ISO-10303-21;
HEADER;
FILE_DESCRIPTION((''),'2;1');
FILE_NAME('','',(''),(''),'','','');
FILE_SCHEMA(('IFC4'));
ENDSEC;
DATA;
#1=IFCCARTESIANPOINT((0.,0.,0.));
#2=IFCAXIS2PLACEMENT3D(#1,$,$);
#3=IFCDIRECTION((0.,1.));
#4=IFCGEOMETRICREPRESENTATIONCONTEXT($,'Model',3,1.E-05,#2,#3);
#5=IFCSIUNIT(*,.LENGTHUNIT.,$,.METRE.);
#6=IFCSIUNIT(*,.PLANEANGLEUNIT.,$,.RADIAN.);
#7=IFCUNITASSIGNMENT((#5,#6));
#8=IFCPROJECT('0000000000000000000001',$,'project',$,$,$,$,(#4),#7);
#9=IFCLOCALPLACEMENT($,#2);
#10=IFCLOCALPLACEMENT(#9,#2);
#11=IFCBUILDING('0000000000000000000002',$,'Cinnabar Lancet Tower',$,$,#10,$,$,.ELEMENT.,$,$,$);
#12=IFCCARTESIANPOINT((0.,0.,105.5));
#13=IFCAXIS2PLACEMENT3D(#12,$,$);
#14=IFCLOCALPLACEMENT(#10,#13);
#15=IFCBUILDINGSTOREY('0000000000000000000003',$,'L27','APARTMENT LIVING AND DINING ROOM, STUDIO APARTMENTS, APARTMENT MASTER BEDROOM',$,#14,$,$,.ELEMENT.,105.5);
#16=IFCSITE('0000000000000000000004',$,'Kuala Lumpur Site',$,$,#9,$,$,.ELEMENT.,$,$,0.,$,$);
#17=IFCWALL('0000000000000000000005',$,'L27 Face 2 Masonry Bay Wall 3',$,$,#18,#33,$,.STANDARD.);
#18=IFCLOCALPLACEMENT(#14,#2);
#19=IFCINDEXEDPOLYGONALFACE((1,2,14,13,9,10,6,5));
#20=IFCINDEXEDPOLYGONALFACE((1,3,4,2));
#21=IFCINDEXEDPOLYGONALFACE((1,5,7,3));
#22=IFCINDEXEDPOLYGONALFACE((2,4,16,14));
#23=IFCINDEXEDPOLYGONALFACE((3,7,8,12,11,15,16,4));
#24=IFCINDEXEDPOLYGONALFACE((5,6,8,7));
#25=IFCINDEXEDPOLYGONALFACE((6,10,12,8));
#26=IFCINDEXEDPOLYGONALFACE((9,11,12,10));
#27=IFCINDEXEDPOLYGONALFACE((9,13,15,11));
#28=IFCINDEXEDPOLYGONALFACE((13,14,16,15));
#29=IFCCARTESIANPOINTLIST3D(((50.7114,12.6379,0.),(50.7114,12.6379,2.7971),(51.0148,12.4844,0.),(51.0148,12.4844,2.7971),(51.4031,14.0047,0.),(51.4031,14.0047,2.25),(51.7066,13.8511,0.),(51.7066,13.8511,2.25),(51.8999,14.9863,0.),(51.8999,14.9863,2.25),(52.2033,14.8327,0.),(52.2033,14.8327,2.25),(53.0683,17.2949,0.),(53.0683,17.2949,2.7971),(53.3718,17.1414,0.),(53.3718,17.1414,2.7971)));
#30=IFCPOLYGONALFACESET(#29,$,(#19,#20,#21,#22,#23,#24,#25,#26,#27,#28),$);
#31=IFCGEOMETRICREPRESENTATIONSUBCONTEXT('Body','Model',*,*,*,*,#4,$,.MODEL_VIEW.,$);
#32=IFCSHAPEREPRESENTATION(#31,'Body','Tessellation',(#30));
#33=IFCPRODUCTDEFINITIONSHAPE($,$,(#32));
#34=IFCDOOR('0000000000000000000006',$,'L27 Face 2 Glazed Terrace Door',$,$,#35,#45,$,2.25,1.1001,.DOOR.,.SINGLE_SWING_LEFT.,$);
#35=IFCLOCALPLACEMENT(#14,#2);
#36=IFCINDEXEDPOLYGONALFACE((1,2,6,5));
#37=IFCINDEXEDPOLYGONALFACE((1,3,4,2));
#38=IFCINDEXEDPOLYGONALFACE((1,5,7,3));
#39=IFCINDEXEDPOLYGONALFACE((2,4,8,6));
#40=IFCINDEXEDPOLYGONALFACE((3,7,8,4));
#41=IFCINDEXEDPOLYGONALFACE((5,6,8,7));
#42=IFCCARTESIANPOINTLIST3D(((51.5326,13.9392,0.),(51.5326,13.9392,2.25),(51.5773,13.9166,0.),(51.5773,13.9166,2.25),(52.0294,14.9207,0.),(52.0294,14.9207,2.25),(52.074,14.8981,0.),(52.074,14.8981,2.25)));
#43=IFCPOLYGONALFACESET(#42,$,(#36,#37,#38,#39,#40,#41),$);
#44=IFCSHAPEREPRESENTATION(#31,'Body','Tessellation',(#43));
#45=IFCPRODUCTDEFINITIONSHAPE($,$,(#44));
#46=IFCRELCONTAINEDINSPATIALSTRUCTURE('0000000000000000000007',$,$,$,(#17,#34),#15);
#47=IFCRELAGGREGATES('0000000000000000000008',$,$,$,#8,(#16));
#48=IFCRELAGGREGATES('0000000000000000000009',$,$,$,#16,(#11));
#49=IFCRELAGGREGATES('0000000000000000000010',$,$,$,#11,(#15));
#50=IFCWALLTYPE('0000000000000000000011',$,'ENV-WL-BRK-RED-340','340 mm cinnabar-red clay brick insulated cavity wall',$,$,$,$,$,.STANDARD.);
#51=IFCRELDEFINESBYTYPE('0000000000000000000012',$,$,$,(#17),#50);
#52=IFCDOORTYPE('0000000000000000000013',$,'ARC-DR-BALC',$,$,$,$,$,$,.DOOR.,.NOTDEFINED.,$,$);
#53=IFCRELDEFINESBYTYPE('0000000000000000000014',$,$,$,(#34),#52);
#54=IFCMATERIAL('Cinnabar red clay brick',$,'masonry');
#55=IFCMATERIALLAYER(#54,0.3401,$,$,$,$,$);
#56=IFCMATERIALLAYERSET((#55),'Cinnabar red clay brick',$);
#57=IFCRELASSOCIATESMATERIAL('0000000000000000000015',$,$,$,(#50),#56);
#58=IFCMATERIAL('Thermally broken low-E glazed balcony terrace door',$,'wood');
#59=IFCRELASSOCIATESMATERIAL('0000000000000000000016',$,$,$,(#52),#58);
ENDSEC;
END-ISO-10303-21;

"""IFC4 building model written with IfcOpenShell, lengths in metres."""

from ifc_helpers import new_model, si_unit, direction, frame, frame_2d, origin, place, context, subcontext, project, spatial, rectangle, extrude, material, layer, layer_set, type_object, element, fill, save


model = new_model("IFC4")

# Units and contexts
model_context = context("Model", 3, precision=1e-05, world=origin(), true_north=direction((0.0, 1.0)))
body_context = subcontext(model_context, "Body", "Model", "MODEL_VIEW")
ifc_project = project(units=[si_unit("LENGTHUNIT", "METRE"), si_unit("PLANEANGLEUNIT", "RADIAN")], contexts=[model_context])

# Site, building, storey
site_placement = place(None, origin())
site = spatial("IfcSite", under=ifc_project, at=site_placement, Name="Kuala Lumpur Site", CompositionType="ELEMENT", RefElevation=0.0)
building_placement = place(site_placement, origin())
building = spatial("IfcBuilding", under=site, at=building_placement, Name="Cinnabar Lancet Tower", CompositionType="ELEMENT")
storey_placement = place(building_placement, frame((0.0, 0.0, 105.5)))
storey = spatial("IfcBuildingStorey", under=building, at=storey_placement, Name="L27", Description="APARTMENT LIVING AND DINING ROOM, STUDIO APARTMENTS, APARTMENT MASTER BEDROOM", CompositionType="ELEMENT", Elevation=105.5)

# Shared definitions
ifc_material_1 = material(Name="Cinnabar red clay brick", Category="masonry")
ifc_layer_1 = layer(ifc_material_1, 0.3401)
ifc_layer_set_1 = layer_set([ifc_layer_1], Name="Cinnabar red clay brick")
wall_type_1 = type_object("IfcWallType", Name="ENV-WL-BRK-RED-340", Description="340 mm cinnabar-red clay brick insulated cavity wall", PredefinedType="STANDARD", material=ifc_layer_set_1)

# Wall, opening, door
wall_1_placement = place(storey_placement, frame((50.863, 12.561, 0.0), z_axis=(0.0, 0.0, 1.0), x_axis=(0.451568, 0.892237, 0.0)))
wall_1 = element("IfcWall", 1, at=wall_1_placement, inside=storey, type_object=wall_type_1, Name="L27 Face 2 Masonry Bay Wall 3", PredefinedType="STANDARD", context=body_context, shape_type="SweptSolid", body=[
    extrude(rectangle(XDim=5.2195, YDim=0.3401, at=frame_2d((2.6099, 0.0))), origin(), (0.0, 0.0, 1.0), 2.7971),
])
opening_1_placement = place(wall_1_placement, frame((1.532, 0.0, 0.0)))
opening_1 = element("IfcOpeningElement", 2, at=opening_1_placement, cuts=wall_1, PredefinedType="OPENING", context=body_context, shape_type="SweptSolid", body=[
    extrude(rectangle(XDim=1.1001, YDim=2.25, at=frame_2d((0.55, 1.125))), frame((0.0, 0.1799, 0.0), z_axis=(0.0, -1.0, 0.0), x_axis=(1.0, 0.0, 0.0)), (0.0, 0.0, 1.0), 0.3601),
])
ifc_material_2 = material(Name="Thermally broken low-E glazed balcony terrace door", Category="wood")
door_type = type_object("IfcDoorType", Name="ARC-DR-BALC", OperationType="NOTDEFINED", PredefinedType="DOOR", material=ifc_material_2)
door_placement = place(opening_1_placement, origin())
door = element("IfcDoor", 3, at=door_placement, inside=storey, type_object=door_type, Name="L27 Face 2 Glazed Terrace Door", OperationType="SINGLE_SWING_LEFT", OverallHeight=2.25, OverallWidth=1.1001, PredefinedType="DOOR", context=body_context, shape_type="SweptSolid", body=[
    extrude(rectangle(XDim=1.1001, YDim=2.25, at=frame_2d((0.55, 1.125))), frame((0.0, 0.0249, 0.0), z_axis=(0.0, -1.0, 0.0), x_axis=(1.0, 0.0, 0.0)), (0.0, 0.0, 1.0), 0.05),
])
fill(opening_1, door)

save(model, "model.ifc")
